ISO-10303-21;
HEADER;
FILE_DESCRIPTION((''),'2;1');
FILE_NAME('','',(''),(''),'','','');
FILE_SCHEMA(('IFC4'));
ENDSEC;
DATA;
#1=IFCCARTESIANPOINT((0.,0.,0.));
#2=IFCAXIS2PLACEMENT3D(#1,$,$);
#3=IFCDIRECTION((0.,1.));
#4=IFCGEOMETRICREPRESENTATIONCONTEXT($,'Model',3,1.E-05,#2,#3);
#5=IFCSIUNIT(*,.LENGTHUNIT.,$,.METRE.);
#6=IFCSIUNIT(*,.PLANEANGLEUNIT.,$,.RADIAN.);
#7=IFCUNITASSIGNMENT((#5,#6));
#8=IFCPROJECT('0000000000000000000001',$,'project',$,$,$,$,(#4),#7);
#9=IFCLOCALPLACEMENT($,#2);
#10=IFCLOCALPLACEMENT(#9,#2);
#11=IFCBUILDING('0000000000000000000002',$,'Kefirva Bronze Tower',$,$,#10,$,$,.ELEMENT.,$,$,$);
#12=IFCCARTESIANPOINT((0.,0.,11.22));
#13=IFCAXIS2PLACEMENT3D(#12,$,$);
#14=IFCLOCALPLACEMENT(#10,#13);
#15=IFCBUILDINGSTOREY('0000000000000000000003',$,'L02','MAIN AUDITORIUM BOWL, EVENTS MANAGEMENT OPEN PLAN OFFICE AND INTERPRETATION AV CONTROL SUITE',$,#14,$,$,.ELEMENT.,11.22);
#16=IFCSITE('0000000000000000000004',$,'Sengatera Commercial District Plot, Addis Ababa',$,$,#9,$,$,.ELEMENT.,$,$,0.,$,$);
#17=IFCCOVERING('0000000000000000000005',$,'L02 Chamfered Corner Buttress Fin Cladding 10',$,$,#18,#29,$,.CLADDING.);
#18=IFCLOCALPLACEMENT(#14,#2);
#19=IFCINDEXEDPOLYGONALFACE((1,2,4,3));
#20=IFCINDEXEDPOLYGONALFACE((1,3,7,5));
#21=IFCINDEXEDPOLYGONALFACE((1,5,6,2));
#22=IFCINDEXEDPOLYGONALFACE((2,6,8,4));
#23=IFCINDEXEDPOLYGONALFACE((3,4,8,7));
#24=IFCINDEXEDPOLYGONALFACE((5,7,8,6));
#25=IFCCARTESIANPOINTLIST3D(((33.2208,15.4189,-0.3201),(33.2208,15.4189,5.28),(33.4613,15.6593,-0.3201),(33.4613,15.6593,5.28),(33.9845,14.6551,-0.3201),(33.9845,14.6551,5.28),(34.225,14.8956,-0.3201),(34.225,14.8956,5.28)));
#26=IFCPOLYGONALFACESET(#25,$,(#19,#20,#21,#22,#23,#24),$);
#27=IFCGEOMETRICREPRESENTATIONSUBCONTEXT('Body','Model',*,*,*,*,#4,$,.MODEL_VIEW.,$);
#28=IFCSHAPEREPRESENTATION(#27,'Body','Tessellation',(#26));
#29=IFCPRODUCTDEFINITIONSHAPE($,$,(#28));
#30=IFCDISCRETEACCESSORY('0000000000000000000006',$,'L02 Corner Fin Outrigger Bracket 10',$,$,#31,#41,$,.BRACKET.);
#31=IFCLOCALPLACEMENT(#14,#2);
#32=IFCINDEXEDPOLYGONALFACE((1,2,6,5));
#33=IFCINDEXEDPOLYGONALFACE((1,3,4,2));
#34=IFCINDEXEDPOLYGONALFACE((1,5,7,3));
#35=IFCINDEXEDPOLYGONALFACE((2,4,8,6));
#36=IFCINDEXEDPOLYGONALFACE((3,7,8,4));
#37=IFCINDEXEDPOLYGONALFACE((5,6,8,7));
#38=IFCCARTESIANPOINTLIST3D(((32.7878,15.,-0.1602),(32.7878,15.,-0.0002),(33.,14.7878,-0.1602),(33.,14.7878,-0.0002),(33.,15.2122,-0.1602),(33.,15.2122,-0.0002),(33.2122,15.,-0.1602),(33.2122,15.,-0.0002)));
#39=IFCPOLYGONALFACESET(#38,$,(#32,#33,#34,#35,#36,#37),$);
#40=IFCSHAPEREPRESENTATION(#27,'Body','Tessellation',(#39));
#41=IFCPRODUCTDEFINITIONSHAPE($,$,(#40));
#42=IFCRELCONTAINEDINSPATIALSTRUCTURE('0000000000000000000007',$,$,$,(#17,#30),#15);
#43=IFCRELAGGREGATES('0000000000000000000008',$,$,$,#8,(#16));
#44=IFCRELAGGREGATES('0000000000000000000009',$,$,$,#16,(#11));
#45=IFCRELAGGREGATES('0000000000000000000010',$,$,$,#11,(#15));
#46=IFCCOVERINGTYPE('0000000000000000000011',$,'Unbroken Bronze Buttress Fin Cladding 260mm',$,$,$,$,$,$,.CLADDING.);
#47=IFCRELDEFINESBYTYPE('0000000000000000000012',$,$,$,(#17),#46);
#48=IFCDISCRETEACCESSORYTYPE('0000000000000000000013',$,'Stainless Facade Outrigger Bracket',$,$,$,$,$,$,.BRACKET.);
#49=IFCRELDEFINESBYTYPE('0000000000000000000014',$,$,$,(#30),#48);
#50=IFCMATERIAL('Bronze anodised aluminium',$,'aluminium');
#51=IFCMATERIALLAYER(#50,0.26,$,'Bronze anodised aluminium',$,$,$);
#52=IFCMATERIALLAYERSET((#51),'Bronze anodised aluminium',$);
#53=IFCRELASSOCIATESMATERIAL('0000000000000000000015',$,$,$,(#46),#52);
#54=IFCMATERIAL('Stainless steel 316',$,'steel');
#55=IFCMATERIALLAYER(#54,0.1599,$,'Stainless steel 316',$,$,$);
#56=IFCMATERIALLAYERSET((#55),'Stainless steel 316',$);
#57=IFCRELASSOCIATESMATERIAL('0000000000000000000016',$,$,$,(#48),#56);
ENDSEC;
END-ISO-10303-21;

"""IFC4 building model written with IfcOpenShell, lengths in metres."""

from ifc_helpers import new_model, si_unit, direction, frame, origin, origin_2d, place, context, subcontext, project, spatial, rectangle, extrude, material, layer, layer_set, type_object, element, save


model = new_model("IFC4")

# Units and contexts
model_context = context("Model", 3, precision=1e-05, world=origin(), true_north=direction((0.0, 1.0)))
body_context = subcontext(model_context, "Body", "Model", "MODEL_VIEW")
ifc_project = project(units=[si_unit("LENGTHUNIT", "METRE"), si_unit("PLANEANGLEUNIT", "RADIAN")], contexts=[model_context])

# Site, building, storey
site_placement = place(None, origin())
site = spatial("IfcSite", under=ifc_project, at=site_placement, Name="Sengatera Commercial District Plot, Addis Ababa", CompositionType="ELEMENT", RefElevation=0.0)
building_placement = place(site_placement, origin())
building = spatial("IfcBuilding", under=site, at=building_placement, Name="Kefirva Bronze Tower", CompositionType="ELEMENT")
storey_placement = place(building_placement, frame((0.0, 0.0, 11.22)))
storey = spatial("IfcBuildingStorey", under=building, at=storey_placement, Name="L02", Description="MAIN AUDITORIUM BOWL, EVENTS MANAGEMENT OPEN PLAN OFFICE AND INTERPRETATION AV CONTROL SUITE", CompositionType="ELEMENT", Elevation=11.22)

# Shared definitions
ifc_material_1 = material(Name="Bronze anodised aluminium", Category="aluminium")

# Covering
ifc_layer_1 = layer(ifc_material_1, 0.26, Name="Bronze anodised aluminium")
ifc_layer_set_1 = layer_set([ifc_layer_1], Name="Bronze anodised aluminium")
covering_type_1 = type_object("IfcCoveringType", Name="Unbroken Bronze Buttress Fin Cladding 260mm", PredefinedType="CLADDING", material=ifc_layer_set_1)
for number, where, z_axis, x_axis, name in (
    (1, (33.7229, 15.1572, -0.3201), (0.0, 0.0, 1.0), (0.707107, 0.707107, 0.0), "L02 Chamfered Corner Buttress Fin Cladding 10"),
):
    element("IfcCovering", number, at=place(storey_placement, frame(where, z_axis=z_axis, x_axis=x_axis)), inside=storey, type_object=covering_type_1, Name=name, PredefinedType="CLADDING", context=body_context, shape_type="SweptSolid", body=[
        extrude(rectangle(XDim=0.3401, YDim=1.0801, at=origin_2d()), origin(), (0.0, 0.0, 1.0), 5.6001),
    ])

# Discrete accessory
ifc_material_2 = material(Name="Stainless steel 316", Category="steel")
ifc_layer_2 = layer(ifc_material_2, 0.1599, Name="Stainless steel 316")
ifc_layer_set_2 = layer_set([ifc_layer_2], Name="Stainless steel 316")
discrete_accessory_type = type_object("IfcDiscreteAccessoryType", Name="Stainless Facade Outrigger Bracket", PredefinedType="BRACKET", material=ifc_layer_set_2)
discrete_accessory_placement = place(storey_placement, frame((33.0, 15.0, -0.1602), z_axis=(0.0, 0.0, 1.0), x_axis=(0.707107, 0.707107, 0.0)))
element("IfcDiscreteAccessory", 2, at=discrete_accessory_placement, inside=storey, type_object=discrete_accessory_type, Name="L02 Corner Fin Outrigger Bracket 10", PredefinedType="BRACKET", context=body_context, shape_type="SweptSolid", body=[
    extrude(rectangle(XDim=0.3, YDim=0.3, at=origin_2d()), origin(), (0.0, 0.0, 1.0), 0.1599),
])

save(model, "model.ifc")
